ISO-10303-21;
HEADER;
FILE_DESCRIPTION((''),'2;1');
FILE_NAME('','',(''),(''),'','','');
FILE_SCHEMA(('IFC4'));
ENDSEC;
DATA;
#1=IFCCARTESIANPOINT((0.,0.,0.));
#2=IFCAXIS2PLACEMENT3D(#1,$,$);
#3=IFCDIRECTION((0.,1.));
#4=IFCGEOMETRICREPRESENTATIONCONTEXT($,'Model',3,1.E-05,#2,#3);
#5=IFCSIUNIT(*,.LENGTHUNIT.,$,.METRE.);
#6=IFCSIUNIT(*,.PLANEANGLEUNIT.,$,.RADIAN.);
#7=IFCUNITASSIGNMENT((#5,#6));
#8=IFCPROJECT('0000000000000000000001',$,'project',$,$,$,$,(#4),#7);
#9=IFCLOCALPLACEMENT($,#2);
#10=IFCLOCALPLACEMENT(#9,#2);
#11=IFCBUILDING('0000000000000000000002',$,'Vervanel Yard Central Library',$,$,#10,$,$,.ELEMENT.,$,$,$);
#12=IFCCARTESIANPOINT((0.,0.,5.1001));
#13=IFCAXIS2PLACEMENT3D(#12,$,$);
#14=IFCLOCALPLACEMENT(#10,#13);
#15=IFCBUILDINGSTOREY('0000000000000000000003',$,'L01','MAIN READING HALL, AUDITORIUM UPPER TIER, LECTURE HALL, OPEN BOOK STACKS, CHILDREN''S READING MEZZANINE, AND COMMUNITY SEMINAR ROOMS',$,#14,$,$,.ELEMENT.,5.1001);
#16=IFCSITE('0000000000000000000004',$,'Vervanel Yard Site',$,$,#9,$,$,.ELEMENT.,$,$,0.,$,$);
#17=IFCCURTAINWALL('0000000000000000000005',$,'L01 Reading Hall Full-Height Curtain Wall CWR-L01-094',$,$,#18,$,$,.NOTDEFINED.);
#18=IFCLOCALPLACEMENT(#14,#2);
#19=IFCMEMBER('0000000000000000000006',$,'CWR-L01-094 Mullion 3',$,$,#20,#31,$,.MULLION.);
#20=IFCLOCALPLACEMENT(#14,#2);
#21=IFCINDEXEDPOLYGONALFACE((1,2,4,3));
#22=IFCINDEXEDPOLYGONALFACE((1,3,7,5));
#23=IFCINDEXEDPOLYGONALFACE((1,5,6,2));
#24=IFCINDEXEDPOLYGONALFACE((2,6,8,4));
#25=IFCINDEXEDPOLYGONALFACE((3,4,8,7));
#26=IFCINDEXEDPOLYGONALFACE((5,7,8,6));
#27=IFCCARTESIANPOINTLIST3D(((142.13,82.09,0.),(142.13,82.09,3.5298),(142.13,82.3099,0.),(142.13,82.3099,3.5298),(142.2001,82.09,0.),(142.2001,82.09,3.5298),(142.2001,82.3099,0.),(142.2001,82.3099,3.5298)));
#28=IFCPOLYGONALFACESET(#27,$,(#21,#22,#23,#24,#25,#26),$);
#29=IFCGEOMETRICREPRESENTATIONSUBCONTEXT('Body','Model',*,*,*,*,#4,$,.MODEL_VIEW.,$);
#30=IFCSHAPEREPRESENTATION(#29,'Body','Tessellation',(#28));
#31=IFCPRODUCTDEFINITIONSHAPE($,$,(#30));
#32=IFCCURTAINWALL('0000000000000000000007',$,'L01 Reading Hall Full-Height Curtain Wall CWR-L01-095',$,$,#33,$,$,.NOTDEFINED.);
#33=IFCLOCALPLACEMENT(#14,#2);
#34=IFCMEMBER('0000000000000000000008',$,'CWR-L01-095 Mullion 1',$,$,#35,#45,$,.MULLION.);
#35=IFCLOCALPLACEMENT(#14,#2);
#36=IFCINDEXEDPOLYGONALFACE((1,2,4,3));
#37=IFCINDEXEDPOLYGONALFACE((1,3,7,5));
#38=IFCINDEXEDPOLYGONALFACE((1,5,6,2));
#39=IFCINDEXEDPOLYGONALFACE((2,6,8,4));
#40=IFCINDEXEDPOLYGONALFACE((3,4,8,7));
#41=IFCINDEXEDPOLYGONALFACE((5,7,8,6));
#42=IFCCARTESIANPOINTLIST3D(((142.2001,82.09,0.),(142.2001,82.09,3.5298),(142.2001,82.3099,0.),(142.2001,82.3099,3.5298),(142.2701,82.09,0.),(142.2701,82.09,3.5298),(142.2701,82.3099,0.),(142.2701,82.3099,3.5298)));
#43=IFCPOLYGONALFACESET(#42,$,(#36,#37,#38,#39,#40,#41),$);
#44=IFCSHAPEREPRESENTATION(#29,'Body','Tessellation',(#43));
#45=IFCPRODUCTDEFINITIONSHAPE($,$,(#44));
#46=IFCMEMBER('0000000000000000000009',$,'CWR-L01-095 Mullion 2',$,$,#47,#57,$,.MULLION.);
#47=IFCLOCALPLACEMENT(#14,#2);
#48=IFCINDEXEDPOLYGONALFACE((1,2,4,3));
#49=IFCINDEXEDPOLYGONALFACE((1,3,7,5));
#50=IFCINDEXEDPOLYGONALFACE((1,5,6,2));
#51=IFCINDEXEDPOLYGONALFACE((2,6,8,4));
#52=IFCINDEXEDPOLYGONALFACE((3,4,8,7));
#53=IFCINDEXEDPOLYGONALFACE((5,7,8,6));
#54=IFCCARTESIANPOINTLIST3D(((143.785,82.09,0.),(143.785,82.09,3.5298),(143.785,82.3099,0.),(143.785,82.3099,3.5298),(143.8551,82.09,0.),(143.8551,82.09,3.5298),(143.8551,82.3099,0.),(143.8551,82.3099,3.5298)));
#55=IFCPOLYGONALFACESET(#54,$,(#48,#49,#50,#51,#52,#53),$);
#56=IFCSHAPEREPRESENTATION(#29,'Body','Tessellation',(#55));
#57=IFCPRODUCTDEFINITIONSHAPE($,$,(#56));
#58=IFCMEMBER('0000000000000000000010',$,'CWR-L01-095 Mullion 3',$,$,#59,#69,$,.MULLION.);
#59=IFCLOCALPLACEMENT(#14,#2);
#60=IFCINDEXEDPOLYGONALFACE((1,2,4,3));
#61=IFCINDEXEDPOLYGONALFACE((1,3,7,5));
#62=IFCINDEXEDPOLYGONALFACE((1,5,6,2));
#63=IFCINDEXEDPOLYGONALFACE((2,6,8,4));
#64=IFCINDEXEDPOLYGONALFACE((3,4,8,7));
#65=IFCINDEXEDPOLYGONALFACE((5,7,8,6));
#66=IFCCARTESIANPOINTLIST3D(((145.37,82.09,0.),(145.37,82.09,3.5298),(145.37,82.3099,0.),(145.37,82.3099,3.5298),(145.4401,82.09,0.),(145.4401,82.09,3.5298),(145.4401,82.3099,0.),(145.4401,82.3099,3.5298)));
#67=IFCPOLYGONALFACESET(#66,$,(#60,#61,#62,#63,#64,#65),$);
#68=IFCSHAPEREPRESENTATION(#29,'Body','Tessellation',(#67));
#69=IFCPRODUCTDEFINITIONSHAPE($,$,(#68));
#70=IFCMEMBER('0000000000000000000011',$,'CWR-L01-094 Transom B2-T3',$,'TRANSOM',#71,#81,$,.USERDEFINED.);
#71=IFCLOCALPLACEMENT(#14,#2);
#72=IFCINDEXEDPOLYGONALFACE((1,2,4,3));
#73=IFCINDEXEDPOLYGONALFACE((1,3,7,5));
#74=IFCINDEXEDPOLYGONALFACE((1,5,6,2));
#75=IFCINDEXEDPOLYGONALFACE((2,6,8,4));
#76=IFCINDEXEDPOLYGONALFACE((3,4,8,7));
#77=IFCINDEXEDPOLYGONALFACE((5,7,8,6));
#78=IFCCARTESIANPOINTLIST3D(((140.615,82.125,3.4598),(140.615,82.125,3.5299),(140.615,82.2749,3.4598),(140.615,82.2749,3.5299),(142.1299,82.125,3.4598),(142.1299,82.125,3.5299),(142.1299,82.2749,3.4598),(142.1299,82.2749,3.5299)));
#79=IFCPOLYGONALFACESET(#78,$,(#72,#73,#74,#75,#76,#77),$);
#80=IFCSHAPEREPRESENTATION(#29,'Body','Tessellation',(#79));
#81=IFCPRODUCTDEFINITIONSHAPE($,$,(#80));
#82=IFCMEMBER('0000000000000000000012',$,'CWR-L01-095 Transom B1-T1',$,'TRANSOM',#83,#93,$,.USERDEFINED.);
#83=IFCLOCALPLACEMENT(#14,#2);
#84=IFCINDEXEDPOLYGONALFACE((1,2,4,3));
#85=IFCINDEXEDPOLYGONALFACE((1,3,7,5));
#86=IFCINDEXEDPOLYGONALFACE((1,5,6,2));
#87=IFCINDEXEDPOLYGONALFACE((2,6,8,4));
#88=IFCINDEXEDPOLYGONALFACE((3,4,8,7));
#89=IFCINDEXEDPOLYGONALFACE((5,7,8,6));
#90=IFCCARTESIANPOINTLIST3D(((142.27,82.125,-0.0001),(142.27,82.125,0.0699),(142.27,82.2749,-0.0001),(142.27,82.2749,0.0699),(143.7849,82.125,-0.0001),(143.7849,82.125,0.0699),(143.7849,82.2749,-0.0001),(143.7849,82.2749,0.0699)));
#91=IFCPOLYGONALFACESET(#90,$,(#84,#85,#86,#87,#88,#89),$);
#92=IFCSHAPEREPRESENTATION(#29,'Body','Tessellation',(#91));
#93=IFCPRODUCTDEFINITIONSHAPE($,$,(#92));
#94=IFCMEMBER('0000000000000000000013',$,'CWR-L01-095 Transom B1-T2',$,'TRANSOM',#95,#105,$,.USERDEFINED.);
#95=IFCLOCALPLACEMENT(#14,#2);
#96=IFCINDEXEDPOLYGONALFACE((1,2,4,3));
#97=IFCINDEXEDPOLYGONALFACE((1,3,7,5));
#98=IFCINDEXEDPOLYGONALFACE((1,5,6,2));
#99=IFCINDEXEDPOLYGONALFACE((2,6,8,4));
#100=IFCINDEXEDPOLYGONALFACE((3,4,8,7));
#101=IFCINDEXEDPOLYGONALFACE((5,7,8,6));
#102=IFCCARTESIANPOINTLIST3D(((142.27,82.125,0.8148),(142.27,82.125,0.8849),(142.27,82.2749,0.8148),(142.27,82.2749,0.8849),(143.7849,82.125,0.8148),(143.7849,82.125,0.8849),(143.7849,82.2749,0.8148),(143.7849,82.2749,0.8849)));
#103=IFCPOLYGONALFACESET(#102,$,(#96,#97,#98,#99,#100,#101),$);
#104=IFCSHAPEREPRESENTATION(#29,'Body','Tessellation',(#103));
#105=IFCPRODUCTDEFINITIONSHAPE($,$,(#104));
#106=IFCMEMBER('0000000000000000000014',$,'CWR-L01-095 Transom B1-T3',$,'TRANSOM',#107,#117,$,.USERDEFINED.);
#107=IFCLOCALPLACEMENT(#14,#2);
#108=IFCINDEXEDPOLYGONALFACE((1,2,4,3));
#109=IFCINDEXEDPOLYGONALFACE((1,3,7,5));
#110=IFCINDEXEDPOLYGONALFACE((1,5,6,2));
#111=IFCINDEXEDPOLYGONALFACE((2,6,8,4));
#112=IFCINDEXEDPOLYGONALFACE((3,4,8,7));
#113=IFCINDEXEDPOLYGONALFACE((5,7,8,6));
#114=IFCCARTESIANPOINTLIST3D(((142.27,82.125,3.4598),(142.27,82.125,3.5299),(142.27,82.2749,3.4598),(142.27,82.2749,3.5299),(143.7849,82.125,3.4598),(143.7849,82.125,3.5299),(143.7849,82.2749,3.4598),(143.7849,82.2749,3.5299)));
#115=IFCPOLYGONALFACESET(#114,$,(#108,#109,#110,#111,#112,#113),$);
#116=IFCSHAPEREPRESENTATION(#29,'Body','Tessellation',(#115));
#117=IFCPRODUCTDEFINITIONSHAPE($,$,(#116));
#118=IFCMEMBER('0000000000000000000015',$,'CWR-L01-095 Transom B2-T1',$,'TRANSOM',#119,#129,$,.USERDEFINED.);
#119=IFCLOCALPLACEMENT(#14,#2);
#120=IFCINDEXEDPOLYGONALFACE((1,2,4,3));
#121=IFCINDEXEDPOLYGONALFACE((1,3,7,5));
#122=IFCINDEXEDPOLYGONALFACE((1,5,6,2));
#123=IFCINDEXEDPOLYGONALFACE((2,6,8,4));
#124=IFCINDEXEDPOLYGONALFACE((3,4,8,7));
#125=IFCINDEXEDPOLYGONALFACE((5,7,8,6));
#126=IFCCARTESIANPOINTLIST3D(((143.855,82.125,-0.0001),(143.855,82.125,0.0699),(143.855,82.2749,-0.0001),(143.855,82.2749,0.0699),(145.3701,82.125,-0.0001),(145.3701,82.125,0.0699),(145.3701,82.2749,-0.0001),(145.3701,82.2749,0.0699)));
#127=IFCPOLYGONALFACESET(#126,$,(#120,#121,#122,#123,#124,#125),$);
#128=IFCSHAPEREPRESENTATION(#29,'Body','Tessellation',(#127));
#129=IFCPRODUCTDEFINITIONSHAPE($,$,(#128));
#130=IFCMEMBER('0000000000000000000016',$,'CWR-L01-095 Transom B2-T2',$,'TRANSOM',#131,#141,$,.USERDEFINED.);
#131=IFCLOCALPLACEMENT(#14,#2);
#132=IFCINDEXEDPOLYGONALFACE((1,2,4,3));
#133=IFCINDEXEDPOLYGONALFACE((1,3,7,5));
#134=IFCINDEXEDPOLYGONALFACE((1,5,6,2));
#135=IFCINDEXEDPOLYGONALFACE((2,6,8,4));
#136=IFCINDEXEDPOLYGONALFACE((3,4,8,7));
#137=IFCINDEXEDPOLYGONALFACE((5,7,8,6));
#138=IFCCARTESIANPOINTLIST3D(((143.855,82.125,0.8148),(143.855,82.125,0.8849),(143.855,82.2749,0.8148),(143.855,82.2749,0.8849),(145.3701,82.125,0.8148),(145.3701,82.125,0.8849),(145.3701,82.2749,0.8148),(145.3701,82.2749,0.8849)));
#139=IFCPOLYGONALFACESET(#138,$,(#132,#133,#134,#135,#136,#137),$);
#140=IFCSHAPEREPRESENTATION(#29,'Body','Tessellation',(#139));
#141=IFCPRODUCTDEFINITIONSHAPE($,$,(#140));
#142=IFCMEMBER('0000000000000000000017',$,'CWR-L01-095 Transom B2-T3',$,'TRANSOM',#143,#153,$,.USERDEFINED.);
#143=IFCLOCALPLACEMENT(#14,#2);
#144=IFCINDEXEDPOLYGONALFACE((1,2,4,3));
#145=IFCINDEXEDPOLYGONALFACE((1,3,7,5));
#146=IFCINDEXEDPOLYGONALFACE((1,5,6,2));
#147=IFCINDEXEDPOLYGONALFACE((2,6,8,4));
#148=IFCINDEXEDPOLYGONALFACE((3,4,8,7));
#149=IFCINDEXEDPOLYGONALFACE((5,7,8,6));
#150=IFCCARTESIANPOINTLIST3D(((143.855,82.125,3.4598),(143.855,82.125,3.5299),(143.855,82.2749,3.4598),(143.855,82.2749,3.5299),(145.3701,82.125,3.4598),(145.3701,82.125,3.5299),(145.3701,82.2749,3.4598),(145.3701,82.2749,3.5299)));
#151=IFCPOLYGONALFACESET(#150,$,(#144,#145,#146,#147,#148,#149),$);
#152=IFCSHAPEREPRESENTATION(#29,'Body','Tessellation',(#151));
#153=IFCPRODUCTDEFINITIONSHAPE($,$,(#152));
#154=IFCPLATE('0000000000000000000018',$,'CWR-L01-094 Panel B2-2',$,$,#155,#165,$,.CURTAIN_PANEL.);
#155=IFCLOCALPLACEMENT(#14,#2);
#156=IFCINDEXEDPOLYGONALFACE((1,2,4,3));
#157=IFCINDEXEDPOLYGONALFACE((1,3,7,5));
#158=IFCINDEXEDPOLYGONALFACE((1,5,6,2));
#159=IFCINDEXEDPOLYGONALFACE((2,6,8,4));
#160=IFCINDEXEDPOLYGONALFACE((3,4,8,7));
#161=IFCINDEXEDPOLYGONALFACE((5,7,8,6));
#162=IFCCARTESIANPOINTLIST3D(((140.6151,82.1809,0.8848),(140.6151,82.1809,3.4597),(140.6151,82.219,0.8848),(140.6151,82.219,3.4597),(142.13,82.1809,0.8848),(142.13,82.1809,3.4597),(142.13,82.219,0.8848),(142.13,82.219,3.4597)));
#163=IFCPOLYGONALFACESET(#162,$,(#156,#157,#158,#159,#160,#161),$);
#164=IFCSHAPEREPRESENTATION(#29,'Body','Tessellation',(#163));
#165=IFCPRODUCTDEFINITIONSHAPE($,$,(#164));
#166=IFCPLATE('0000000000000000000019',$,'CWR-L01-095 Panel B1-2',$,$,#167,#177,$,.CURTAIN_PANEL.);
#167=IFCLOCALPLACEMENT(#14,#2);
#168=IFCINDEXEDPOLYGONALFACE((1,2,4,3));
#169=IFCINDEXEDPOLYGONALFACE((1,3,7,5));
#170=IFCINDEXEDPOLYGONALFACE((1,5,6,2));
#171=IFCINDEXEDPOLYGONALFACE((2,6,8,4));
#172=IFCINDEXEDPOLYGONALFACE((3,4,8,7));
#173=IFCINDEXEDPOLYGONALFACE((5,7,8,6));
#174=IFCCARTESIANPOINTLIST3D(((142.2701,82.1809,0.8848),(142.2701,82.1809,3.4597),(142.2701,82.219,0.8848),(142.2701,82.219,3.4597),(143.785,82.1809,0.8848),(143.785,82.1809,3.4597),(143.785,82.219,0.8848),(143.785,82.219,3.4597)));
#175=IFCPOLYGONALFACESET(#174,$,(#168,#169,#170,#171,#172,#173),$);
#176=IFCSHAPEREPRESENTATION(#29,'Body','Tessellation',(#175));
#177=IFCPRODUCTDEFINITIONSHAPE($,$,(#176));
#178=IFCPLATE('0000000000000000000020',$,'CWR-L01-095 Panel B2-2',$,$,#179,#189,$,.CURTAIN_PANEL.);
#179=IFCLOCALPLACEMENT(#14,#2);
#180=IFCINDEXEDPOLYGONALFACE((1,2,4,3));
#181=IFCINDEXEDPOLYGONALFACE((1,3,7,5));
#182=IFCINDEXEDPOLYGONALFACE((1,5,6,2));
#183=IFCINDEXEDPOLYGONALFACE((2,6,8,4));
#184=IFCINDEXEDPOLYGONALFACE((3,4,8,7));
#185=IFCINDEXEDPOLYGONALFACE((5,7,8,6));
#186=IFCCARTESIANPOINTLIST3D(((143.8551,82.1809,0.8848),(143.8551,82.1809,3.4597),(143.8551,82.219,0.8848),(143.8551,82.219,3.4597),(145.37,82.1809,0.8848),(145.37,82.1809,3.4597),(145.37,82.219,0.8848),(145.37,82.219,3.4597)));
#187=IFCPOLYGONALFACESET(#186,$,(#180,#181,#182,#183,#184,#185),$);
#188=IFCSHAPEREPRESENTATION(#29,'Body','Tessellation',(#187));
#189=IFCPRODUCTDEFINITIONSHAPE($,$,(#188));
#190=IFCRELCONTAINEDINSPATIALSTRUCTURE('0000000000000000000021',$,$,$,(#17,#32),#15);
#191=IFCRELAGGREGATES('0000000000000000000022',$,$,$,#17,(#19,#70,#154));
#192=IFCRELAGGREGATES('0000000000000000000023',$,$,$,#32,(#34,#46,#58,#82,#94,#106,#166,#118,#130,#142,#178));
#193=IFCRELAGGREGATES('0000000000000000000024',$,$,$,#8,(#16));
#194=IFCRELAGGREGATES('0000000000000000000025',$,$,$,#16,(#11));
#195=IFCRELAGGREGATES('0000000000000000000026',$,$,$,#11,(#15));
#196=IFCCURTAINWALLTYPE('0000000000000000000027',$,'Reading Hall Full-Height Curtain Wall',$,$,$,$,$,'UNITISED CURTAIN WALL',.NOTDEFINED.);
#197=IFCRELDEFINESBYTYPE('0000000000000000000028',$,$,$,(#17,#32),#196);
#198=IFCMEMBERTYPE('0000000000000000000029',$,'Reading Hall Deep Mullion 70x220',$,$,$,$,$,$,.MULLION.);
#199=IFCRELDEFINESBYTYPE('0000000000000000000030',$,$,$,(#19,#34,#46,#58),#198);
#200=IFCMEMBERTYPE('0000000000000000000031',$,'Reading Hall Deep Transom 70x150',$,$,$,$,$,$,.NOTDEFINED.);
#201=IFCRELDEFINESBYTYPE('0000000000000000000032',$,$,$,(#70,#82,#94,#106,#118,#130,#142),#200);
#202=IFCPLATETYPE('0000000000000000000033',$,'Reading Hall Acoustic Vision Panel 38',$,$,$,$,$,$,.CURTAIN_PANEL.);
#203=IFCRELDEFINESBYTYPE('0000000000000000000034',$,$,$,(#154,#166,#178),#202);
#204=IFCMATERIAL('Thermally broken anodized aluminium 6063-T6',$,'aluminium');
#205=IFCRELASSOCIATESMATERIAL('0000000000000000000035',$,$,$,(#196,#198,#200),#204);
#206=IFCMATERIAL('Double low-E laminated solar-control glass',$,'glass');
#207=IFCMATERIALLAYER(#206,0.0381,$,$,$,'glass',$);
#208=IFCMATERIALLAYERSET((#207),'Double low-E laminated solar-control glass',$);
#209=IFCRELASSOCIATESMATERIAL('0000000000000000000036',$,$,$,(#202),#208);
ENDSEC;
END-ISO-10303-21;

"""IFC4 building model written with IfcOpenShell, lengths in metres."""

from ifc_helpers import new_model, si_unit, direction, frame, origin, origin_2d, place, context, subcontext, project, spatial, rectangle, extrude, material, layer, layer_set, material_profile, profile_set, type_object, element, aggregate, save


model = new_model("IFC4")

# Units and contexts
model_context = context("Model", 3, precision=1e-05, world=origin(), true_north=direction((0.0, 1.0)))
body_context = subcontext(model_context, "Body", "Model", "MODEL_VIEW")
ifc_project = project(units=[si_unit("LENGTHUNIT", "METRE"), si_unit("PLANEANGLEUNIT", "RADIAN")], contexts=[model_context])

# Site, building, storey
site_placement = place(None, origin())
site = spatial("IfcSite", under=ifc_project, at=site_placement, Name="Vervanel Yard Site", CompositionType="ELEMENT", RefElevation=0.0)
building_placement = place(site_placement, origin())
building = spatial("IfcBuilding", under=site, at=building_placement, Name="Vervanel Yard Central Library", CompositionType="ELEMENT")
storey_placement = place(building_placement, frame((0.0, 0.0, 5.1001)))
storey = spatial("IfcBuildingStorey", under=building, at=storey_placement, Name="L01", Description="MAIN READING HALL, AUDITORIUM UPPER TIER, LECTURE HALL, OPEN BOOK STACKS, CHILDREN'S READING MEZZANINE, AND COMMUNITY SEMINAR ROOMS", CompositionType="ELEMENT", Elevation=5.1001)

# Curtain wall, member
ifc_material_1 = material(Name="Thermally broken anodized aluminium 6063-T6", Category="aluminium")
curtain_wall_type = type_object("IfcCurtainWallType", Name="Reading Hall Full-Height Curtain Wall", ElementType="UNITISED CURTAIN WALL", PredefinedType="NOTDEFINED", material=ifc_material_1)
curtain_wall_1_placement = place(storey_placement, origin())
curtain_wall_1 = element("IfcCurtainWall", 1, at=curtain_wall_1_placement, inside=storey, type_object=curtain_wall_type, Name="L01 Reading Hall Full-Height Curtain Wall CWR-L01-094", PredefinedType="NOTDEFINED")
ifc_material_profile_1 = material_profile(ifc_material_1, rectangle(XDim=0.0701, YDim=0.22, at=origin_2d()), Name="ALU 70x220", Category="aluminium")
ifc_profile_set_1 = profile_set([ifc_material_profile_1], Name="Thermally broken anodized aluminium 6063-T6")
member_type_1 = type_object("IfcMemberType", Name="Reading Hall Deep Mullion 70x220", PredefinedType="MULLION", material=ifc_profile_set_1)
member_1_placement = place(storey_placement, frame((142.165, 82.2, 0.0), z_axis=(0.0, 0.0, 1.0), x_axis=(1.0, 0.0, 0.0)))
member_1 = element("IfcMember", 2, at=member_1_placement, type_object=member_type_1, Name="CWR-L01-094 Mullion 3", PredefinedType="MULLION", context=body_context, shape_type="SweptSolid", body=[
    extrude(rectangle(XDim=0.0701, YDim=0.22, at=origin_2d()), origin(), (0.0, 0.0, 1.0), 3.5298),
])

# Curtain wall, members
curtain_wall_2_placement = place(storey_placement, origin())
curtain_wall_2 = element("IfcCurtainWall", 3, at=curtain_wall_2_placement, inside=storey, type_object=curtain_wall_type, Name="L01 Reading Hall Full-Height Curtain Wall CWR-L01-095", PredefinedType="NOTDEFINED")
member_2_placement = place(storey_placement, frame((142.2351, 82.2, 0.0), z_axis=(0.0, 0.0, 1.0), x_axis=(1.0, 0.0, 0.0)))
member_2 = element("IfcMember", 4, at=member_2_placement, type_object=member_type_1, Name="CWR-L01-095 Mullion 1", PredefinedType="MULLION", context=body_context, shape_type="SweptSolid", body=[
    extrude(rectangle(XDim=0.0701, YDim=0.22, at=origin_2d()), origin(), (0.0, 0.0, 1.0), 3.5298),
])
member_3_placement = place(storey_placement, frame((143.8201, 82.2, 0.0), z_axis=(0.0, 0.0, 1.0), x_axis=(1.0, 0.0, 0.0)))
member_3 = element("IfcMember", 5, at=member_3_placement, type_object=member_type_1, Name="CWR-L01-095 Mullion 2", PredefinedType="MULLION", context=body_context, shape_type="SweptSolid", body=[
    extrude(rectangle(XDim=0.0701, YDim=0.22, at=origin_2d()), origin(), (0.0, 0.0, 1.0), 3.5298),
])
member_4_placement = place(storey_placement, frame((145.405, 82.2, 0.0), z_axis=(0.0, 0.0, 1.0), x_axis=(1.0, 0.0, 0.0)))
member_4 = element("IfcMember", 6, at=member_4_placement, type_object=member_type_1, Name="CWR-L01-095 Mullion 3", PredefinedType="MULLION", context=body_context, shape_type="SweptSolid", body=[
    extrude(rectangle(XDim=0.0701, YDim=0.22, at=origin_2d()), origin(), (0.0, 0.0, 1.0), 3.5298),
])

# Members
ifc_material_profile_2 = material_profile(ifc_material_1, rectangle(XDim=0.0701, YDim=0.1499, at=origin_2d()), Name="ALU 70x150", Category="aluminium")
ifc_profile_set_2 = profile_set([ifc_material_profile_2], Name="Thermally broken anodized aluminium 6063-T6")
member_type_2 = type_object("IfcMemberType", Name="Reading Hall Deep Transom 70x150", PredefinedType="NOTDEFINED", material=ifc_profile_set_2)
member_5_placement = place(storey_placement, frame((140.615, 82.2, 3.4949), z_axis=(1.0, 0.0, 0.0), x_axis=(0.0, 0.0, 1.0)))
member_5 = element("IfcMember", 7, at=member_5_placement, type_object=member_type_2, Name="CWR-L01-094 Transom B2-T3", ObjectType="TRANSOM", PredefinedType="USERDEFINED", context=body_context, shape_type="SweptSolid", body=[
    extrude(rectangle(XDim=0.0701, YDim=0.1499, at=origin_2d()), origin(), (0.0, 0.0, 1.0), 1.5149),
])
member_6_placement = place(storey_placement, frame((142.27, 82.2, 0.0349), z_axis=(1.0, 0.0, 0.0), x_axis=(0.0, 0.0, 1.0)))
member_6 = element("IfcMember", 8, at=member_6_placement, type_object=member_type_2, Name="CWR-L01-095 Transom B1-T1", ObjectType="TRANSOM", PredefinedType="USERDEFINED", context=body_context, shape_type="SweptSolid", body=[
    extrude(rectangle(XDim=0.0701, YDim=0.1499, at=origin_2d()), origin(), (0.0, 0.0, 1.0), 1.5149),
])
member_7_placement = place(storey_placement, frame((142.27, 82.2, 0.8499), z_axis=(1.0, 0.0, 0.0), x_axis=(0.0, 0.0, 1.0)))
member_7 = element("IfcMember", 9, at=member_7_placement, type_object=member_type_2, Name="CWR-L01-095 Transom B1-T2", ObjectType="TRANSOM", PredefinedType="USERDEFINED", context=body_context, shape_type="SweptSolid", body=[
    extrude(rectangle(XDim=0.0701, YDim=0.1499, at=origin_2d()), origin(), (0.0, 0.0, 1.0), 1.5149),
])
member_8_placement = place(storey_placement, frame((142.27, 82.2, 3.4949), z_axis=(1.0, 0.0, 0.0), x_axis=(0.0, 0.0, 1.0)))
member_8 = element("IfcMember", 10, at=member_8_placement, type_object=member_type_2, Name="CWR-L01-095 Transom B1-T3", ObjectType="TRANSOM", PredefinedType="USERDEFINED", context=body_context, shape_type="SweptSolid", body=[
    extrude(rectangle(XDim=0.0701, YDim=0.1499, at=origin_2d()), origin(), (0.0, 0.0, 1.0), 1.5149),
])
member_9_placement = place(storey_placement, frame((143.855, 82.2, 0.0349), z_axis=(1.0, 0.0, 0.0), x_axis=(0.0, 0.0, 1.0)))
member_9 = element("IfcMember", 11, at=member_9_placement, type_object=member_type_2, Name="CWR-L01-095 Transom B2-T1", ObjectType="TRANSOM", PredefinedType="USERDEFINED", context=body_context, shape_type="SweptSolid", body=[
    extrude(rectangle(XDim=0.0701, YDim=0.1499, at=origin_2d()), origin(), (0.0, 0.0, 1.0), 1.5151),
])
member_10_placement = place(storey_placement, frame((143.855, 82.2, 0.8499), z_axis=(1.0, 0.0, 0.0), x_axis=(0.0, 0.0, 1.0)))
member_10 = element("IfcMember", 12, at=member_10_placement, type_object=member_type_2, Name="CWR-L01-095 Transom B2-T2", ObjectType="TRANSOM", PredefinedType="USERDEFINED", context=body_context, shape_type="SweptSolid", body=[
    extrude(rectangle(XDim=0.0701, YDim=0.1499, at=origin_2d()), origin(), (0.0, 0.0, 1.0), 1.5151),
])
member_11_placement = place(storey_placement, frame((143.855, 82.2, 3.4949), z_axis=(1.0, 0.0, 0.0), x_axis=(0.0, 0.0, 1.0)))
member_11 = element("IfcMember", 13, at=member_11_placement, type_object=member_type_2, Name="CWR-L01-095 Transom B2-T3", ObjectType="TRANSOM", PredefinedType="USERDEFINED", context=body_context, shape_type="SweptSolid", body=[
    extrude(rectangle(XDim=0.0701, YDim=0.1499, at=origin_2d()), origin(), (0.0, 0.0, 1.0), 1.5151),
])

# Plates
ifc_material_2 = material(Name="Double low-E laminated solar-control glass", Category="glass")
ifc_layer_1 = layer(ifc_material_2, 0.0381, Category="glass")
ifc_layer_set_1 = layer_set([ifc_layer_1], Name="Double low-E laminated solar-control glass")
plate_type_1 = type_object("IfcPlateType", Name="Reading Hall Acoustic Vision Panel 38", PredefinedType="CURTAIN_PANEL", material=ifc_layer_set_1)
plate_1_placement = place(storey_placement, frame((141.3726, 82.2, 0.8848), z_axis=(0.0, 0.0, 1.0), x_axis=(1.0, 0.0, 0.0)))
plate_1 = element("IfcPlate", 14, at=plate_1_placement, type_object=plate_type_1, Name="CWR-L01-094 Panel B2-2", PredefinedType="CURTAIN_PANEL", context=body_context, shape_type="SweptSolid", body=[
    extrude(rectangle(XDim=1.5149, YDim=0.0381, at=origin_2d()), origin(), (0.0, 0.0, 1.0), 2.575),
])
plate_2_placement = place(storey_placement, frame((143.0276, 82.2, 0.8848), z_axis=(0.0, 0.0, 1.0), x_axis=(1.0, 0.0, 0.0)))
plate_2 = element("IfcPlate", 15, at=plate_2_placement, type_object=plate_type_1, Name="CWR-L01-095 Panel B1-2", PredefinedType="CURTAIN_PANEL", context=body_context, shape_type="SweptSolid", body=[
    extrude(rectangle(XDim=1.5149, YDim=0.0381, at=origin_2d()), origin(), (0.0, 0.0, 1.0), 2.575),
])
plate_3_placement = place(storey_placement, frame((144.6125, 82.2, 0.8848), z_axis=(0.0, 0.0, 1.0), x_axis=(1.0, 0.0, 0.0)))
plate_3 = element("IfcPlate", 16, at=plate_3_placement, type_object=plate_type_1, Name="CWR-L01-095 Panel B2-2", PredefinedType="CURTAIN_PANEL", context=body_context, shape_type="SweptSolid", body=[
    extrude(rectangle(XDim=1.5149, YDim=0.0381, at=origin_2d()), origin(), (0.0, 0.0, 1.0), 2.575),
])
aggregate(curtain_wall_1, [member_1, member_5, plate_1])
aggregate(curtain_wall_2, [member_2, member_3, member_4, member_6, member_7, member_8, plate_2, member_9, member_10, member_11, plate_3])

save(model, "model.ifc")
